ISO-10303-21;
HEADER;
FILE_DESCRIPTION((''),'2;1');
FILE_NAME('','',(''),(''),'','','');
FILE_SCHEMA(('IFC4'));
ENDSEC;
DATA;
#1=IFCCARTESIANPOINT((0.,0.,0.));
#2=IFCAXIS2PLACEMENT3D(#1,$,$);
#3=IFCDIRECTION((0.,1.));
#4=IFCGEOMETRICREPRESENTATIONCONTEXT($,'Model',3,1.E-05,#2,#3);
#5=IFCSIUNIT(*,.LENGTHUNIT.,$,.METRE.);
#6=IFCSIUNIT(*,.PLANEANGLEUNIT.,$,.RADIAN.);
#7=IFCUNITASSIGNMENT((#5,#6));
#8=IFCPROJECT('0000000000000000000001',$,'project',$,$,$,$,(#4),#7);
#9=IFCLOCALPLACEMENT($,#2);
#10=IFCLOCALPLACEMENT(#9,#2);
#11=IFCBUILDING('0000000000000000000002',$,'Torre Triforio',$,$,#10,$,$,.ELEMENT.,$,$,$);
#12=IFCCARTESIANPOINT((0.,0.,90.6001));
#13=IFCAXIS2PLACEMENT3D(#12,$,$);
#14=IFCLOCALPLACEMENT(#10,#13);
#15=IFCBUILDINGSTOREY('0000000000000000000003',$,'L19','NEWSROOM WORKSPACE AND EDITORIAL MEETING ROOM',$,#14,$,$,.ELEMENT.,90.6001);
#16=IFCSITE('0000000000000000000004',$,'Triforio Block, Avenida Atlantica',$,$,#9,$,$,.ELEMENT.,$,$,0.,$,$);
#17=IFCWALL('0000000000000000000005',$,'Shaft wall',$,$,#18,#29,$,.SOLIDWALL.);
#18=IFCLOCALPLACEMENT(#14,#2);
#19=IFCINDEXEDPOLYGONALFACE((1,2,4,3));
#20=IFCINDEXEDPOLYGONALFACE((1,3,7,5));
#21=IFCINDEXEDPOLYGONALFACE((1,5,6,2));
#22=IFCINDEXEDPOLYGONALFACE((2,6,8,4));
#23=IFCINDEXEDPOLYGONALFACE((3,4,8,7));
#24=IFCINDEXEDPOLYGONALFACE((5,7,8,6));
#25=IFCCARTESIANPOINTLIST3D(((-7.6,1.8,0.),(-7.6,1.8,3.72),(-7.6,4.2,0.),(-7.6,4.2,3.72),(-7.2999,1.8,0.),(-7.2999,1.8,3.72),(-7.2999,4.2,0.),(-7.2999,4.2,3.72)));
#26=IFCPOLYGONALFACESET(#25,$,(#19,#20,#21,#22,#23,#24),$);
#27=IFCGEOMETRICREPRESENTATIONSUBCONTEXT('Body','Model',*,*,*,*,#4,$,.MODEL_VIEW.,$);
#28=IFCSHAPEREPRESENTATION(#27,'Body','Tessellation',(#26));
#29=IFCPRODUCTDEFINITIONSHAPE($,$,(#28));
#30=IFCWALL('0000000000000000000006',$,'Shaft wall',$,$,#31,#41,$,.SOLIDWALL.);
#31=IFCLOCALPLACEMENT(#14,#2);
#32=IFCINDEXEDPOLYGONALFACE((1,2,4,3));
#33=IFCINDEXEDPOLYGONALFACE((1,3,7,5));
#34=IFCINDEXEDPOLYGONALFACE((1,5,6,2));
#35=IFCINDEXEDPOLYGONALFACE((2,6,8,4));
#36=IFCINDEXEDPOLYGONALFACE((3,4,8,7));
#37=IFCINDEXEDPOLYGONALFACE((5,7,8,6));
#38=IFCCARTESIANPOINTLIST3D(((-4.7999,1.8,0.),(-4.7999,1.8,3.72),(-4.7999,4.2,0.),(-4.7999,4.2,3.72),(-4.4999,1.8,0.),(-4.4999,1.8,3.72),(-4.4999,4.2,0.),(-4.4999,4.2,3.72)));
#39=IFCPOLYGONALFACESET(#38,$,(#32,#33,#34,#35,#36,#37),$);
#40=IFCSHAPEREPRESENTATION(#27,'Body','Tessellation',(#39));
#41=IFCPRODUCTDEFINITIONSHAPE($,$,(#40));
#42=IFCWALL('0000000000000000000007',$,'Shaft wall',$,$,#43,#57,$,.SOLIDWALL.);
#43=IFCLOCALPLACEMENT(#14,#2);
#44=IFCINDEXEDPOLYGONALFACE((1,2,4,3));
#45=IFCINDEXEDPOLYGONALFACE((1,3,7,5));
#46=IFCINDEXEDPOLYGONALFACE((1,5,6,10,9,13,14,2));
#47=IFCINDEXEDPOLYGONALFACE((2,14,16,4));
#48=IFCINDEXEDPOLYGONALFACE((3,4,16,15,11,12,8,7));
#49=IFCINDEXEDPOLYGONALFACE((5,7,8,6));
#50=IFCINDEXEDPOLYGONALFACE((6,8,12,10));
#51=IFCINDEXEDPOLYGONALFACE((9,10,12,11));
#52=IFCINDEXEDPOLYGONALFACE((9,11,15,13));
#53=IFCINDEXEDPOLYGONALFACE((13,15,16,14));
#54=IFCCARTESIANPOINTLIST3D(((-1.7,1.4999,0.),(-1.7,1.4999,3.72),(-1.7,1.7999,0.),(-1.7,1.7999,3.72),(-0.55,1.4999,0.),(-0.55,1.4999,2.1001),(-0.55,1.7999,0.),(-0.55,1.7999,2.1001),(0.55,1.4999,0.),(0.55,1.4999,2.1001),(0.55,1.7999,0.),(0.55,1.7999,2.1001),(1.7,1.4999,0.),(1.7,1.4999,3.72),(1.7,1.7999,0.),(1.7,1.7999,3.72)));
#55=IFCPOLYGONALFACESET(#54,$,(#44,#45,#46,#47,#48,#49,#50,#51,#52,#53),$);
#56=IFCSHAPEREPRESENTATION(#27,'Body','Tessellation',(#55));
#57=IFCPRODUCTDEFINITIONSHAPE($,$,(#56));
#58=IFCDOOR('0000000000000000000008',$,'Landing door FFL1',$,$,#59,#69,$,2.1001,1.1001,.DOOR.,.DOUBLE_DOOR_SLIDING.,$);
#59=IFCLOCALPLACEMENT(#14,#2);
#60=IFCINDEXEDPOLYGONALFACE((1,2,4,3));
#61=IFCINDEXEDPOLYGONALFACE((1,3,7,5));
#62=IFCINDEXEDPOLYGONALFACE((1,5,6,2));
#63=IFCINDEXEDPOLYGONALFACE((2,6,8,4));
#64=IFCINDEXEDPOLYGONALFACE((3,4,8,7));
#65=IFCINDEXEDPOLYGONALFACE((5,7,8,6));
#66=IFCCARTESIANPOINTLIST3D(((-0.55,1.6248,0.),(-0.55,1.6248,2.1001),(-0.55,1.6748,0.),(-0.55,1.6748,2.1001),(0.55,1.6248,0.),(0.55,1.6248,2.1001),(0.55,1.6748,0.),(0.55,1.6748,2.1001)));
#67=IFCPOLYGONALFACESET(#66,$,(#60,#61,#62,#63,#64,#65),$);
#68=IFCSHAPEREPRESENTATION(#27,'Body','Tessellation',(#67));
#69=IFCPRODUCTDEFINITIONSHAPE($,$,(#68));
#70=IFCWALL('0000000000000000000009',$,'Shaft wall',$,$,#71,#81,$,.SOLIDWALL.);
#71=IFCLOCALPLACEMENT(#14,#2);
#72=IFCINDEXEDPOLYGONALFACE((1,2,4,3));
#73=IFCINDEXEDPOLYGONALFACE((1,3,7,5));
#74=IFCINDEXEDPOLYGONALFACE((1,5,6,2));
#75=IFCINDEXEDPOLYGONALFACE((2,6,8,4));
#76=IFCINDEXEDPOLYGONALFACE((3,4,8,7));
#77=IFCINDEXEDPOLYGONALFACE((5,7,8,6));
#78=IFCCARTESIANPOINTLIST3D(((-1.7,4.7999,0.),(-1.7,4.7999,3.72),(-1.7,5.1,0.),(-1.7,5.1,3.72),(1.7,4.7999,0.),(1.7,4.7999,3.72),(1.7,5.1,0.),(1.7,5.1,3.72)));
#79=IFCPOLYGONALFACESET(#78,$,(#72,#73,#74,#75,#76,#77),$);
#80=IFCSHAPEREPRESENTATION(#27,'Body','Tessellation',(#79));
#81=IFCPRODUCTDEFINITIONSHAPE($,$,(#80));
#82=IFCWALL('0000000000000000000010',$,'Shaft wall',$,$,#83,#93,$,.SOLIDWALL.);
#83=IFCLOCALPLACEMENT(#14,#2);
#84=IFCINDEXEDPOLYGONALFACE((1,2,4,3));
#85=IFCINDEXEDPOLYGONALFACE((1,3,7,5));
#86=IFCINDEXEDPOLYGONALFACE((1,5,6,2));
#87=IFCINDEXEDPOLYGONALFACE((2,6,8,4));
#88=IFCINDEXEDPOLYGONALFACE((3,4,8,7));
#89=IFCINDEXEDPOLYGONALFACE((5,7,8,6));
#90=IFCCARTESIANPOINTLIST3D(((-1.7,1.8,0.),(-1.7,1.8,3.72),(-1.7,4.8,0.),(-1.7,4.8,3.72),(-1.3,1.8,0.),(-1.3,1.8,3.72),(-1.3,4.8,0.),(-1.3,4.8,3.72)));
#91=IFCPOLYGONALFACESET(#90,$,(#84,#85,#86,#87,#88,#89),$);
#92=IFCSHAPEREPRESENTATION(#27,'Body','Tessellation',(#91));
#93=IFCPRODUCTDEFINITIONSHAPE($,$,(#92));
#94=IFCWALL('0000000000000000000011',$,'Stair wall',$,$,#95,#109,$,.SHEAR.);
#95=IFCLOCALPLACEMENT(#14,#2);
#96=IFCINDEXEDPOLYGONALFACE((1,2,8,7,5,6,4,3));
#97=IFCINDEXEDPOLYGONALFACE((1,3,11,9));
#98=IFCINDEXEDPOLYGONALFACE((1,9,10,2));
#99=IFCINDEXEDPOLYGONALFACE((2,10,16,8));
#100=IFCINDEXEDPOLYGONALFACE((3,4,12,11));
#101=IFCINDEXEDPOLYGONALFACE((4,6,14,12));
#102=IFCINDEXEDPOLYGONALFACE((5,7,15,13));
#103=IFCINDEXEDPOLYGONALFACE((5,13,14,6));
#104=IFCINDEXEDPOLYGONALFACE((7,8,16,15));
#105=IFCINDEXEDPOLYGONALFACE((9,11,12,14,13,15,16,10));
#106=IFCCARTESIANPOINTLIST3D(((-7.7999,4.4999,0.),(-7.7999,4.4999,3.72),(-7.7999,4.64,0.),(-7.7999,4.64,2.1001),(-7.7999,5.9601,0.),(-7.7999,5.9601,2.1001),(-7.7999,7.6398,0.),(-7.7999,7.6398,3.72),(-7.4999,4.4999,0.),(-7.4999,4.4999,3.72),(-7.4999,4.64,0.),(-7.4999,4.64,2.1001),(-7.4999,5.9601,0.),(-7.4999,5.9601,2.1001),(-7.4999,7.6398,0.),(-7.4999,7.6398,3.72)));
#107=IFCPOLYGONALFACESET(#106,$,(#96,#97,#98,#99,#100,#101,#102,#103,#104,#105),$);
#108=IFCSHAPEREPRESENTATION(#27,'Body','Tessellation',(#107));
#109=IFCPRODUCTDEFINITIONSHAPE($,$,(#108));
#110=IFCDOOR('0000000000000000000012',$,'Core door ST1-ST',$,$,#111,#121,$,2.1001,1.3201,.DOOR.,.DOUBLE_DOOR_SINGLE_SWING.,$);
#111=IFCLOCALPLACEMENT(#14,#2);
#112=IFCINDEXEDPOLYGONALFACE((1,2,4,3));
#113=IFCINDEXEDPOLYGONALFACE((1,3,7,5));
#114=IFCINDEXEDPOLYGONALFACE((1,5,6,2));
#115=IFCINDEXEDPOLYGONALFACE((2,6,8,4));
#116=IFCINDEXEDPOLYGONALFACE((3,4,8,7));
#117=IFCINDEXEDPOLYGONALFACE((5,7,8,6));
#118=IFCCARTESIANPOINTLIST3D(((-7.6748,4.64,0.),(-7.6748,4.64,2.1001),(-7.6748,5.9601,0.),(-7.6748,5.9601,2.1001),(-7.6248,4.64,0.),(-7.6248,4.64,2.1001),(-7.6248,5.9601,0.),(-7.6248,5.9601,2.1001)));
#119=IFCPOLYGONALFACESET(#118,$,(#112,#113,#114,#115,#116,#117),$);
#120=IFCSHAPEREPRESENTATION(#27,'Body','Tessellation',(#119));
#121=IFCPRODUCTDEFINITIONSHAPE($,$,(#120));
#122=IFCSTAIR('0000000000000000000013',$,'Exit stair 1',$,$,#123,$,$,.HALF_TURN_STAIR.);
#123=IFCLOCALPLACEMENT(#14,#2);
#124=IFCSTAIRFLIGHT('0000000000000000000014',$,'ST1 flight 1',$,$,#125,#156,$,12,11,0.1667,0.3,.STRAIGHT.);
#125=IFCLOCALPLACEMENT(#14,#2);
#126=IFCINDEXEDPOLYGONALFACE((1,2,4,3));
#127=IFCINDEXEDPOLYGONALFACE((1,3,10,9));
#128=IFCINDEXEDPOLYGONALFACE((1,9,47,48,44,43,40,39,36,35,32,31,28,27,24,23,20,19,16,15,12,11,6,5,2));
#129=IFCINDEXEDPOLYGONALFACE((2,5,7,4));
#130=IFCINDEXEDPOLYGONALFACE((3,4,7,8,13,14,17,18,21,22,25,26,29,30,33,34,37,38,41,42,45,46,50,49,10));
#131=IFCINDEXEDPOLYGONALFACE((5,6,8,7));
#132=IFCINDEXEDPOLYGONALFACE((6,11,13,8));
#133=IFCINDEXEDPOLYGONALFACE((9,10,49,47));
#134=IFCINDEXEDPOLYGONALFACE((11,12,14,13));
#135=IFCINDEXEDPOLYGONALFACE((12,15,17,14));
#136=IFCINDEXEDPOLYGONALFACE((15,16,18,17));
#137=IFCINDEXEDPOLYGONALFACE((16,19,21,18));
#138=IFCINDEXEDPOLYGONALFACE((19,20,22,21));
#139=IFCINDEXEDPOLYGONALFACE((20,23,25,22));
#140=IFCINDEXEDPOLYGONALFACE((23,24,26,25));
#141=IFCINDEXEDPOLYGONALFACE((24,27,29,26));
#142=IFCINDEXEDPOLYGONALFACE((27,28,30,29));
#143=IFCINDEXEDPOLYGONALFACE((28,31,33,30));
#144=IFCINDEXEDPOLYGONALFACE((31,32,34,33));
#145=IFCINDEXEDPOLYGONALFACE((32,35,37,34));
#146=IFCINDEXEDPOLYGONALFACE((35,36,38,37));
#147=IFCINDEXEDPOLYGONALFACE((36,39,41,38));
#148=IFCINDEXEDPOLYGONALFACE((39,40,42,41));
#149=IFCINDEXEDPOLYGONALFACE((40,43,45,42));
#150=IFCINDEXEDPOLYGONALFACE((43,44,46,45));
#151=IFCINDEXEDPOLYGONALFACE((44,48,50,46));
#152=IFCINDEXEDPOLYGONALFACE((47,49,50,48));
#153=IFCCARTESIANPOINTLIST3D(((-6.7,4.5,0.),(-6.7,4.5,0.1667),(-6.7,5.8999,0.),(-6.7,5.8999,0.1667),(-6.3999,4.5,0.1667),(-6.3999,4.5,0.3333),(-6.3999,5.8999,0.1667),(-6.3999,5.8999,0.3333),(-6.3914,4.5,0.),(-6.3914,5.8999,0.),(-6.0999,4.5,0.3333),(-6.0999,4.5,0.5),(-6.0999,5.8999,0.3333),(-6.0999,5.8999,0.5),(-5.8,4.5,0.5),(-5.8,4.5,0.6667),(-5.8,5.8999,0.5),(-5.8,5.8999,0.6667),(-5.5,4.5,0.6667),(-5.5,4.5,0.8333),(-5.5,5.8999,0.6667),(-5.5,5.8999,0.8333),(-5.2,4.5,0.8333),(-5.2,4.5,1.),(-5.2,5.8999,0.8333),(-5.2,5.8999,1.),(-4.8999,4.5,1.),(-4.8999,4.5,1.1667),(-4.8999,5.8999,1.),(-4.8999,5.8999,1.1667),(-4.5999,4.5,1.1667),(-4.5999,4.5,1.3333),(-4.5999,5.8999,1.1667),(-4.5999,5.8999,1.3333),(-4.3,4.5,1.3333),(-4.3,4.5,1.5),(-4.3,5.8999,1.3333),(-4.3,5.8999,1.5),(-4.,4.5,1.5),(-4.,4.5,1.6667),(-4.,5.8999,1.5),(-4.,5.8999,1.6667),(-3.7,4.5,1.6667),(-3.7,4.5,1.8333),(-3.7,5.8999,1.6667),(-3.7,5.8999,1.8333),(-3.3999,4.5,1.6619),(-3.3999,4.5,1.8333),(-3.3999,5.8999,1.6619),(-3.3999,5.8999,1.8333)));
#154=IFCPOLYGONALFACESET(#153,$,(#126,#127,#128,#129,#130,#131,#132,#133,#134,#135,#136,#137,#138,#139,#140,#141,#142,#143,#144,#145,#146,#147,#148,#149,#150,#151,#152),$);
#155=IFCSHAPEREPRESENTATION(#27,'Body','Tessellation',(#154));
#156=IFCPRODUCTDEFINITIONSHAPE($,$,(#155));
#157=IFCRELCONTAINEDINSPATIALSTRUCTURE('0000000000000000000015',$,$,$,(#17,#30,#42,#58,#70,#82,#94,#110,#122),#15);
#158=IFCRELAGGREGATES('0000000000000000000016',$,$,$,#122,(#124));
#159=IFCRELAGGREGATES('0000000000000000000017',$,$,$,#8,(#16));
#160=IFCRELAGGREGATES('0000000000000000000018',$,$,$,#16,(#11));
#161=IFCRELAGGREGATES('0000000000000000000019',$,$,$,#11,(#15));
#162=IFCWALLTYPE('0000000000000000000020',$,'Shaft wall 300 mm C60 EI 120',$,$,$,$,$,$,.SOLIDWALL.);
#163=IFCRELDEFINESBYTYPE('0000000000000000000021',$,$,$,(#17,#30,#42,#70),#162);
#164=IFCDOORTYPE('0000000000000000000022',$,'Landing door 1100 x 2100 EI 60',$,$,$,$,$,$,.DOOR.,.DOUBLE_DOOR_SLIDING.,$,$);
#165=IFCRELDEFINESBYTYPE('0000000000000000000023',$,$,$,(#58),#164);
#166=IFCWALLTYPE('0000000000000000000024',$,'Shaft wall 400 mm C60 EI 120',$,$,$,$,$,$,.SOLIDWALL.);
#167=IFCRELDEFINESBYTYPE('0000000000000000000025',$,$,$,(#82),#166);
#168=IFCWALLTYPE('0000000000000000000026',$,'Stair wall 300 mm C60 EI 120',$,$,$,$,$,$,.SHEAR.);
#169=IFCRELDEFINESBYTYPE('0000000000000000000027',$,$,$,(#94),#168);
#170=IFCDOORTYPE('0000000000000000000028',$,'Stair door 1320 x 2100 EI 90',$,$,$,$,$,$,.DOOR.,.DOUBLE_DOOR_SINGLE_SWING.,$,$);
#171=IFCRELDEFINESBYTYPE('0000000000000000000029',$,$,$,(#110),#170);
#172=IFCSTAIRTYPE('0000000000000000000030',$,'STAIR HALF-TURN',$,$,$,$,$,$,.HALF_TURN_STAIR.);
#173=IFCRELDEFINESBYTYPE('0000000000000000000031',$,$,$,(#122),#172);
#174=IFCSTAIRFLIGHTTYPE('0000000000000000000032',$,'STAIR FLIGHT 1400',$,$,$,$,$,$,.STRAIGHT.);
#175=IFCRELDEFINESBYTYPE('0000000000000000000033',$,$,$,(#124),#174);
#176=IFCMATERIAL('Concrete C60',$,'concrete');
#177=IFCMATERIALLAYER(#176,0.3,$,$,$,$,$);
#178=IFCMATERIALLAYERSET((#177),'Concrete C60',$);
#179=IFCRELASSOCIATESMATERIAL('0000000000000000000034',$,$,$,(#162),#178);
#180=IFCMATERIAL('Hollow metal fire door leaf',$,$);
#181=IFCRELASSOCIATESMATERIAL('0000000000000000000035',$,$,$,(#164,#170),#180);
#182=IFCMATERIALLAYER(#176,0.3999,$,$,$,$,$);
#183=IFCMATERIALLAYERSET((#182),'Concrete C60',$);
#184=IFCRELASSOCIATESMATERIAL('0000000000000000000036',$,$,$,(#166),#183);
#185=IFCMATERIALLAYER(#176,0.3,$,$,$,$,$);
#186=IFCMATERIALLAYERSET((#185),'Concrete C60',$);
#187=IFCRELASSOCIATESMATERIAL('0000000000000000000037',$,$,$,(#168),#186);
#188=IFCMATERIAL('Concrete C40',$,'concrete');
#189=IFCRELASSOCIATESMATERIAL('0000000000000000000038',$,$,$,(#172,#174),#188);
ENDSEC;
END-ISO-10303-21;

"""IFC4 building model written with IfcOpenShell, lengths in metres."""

from ifc_helpers import new_model, si_unit, direction, frame, frame_2d, origin, place, context, subcontext, project, spatial, polyline, rectangle, outline, extrude, material, layer, layer_set, type_object, element, fill, aggregate, save


model = new_model("IFC4")

# Units and contexts
model_context = context("Model", 3, precision=1e-05, world=origin(), true_north=direction((0.0, 1.0)))
body_context = subcontext(model_context, "Body", "Model", "MODEL_VIEW")
ifc_project = project(units=[si_unit("LENGTHUNIT", "METRE"), si_unit("PLANEANGLEUNIT", "RADIAN")], contexts=[model_context])

# Site, building, storey
site_placement = place(None, origin())
site = spatial("IfcSite", under=ifc_project, at=site_placement, Name="Triforio Block, Avenida Atlantica", CompositionType="ELEMENT", RefElevation=0.0)
building_placement = place(site_placement, origin())
building = spatial("IfcBuilding", under=site, at=building_placement, Name="Torre Triforio", CompositionType="ELEMENT")
storey_placement = place(building_placement, frame((0.0, 0.0, 90.6001)))
storey = spatial("IfcBuildingStorey", under=building, at=storey_placement, Name="L19", Description="NEWSROOM WORKSPACE AND EDITORIAL MEETING ROOM", CompositionType="ELEMENT", Elevation=90.6001)

# Walls
ifc_material_1 = material(Name="Concrete C60", Category="concrete")
ifc_layer_1 = layer(ifc_material_1, 0.3)
ifc_layer_set_1 = layer_set([ifc_layer_1], Name="Concrete C60")
wall_type_1 = type_object("IfcWallType", Name="Shaft wall 300 mm C60 EI 120", PredefinedType="SOLIDWALL", material=ifc_layer_set_1)
for number, where, z_axis, x_axis, name in (
    (1, (-7.45, 1.8, 0.0), (0.0, 0.0, 1.0), (0.0, 1.0, 0.0), "Shaft wall"),
    (2, (-4.6499, 1.8, 0.0), (0.0, 0.0, 1.0), (0.0, 1.0, 0.0), "Shaft wall"),
):
    element("IfcWall", number, at=place(storey_placement, frame(where, z_axis=z_axis, x_axis=x_axis)), inside=storey, type_object=wall_type_1, Name=name, PredefinedType="SOLIDWALL", context=body_context, shape_type="SweptSolid", body=[
        extrude(rectangle(XDim=2.3999, YDim=0.3, at=frame_2d((1.2, 0.0))), origin(), (0.0, 0.0, 1.0), 3.72),
    ])

# Wall, opening, door
wall_1_placement = place(storey_placement, frame((-1.7, 1.6499, 0.0), z_axis=(0.0, 0.0, 1.0), x_axis=(1.0, 0.0, 0.0)))
wall_1 = element("IfcWall", 3, at=wall_1_placement, inside=storey, type_object=wall_type_1, Name="Shaft wall", PredefinedType="SOLIDWALL", context=body_context, shape_type="SweptSolid", body=[
    extrude(rectangle(XDim=3.3999, YDim=0.3, at=frame_2d((1.7, 0.0))), origin(), (0.0, 0.0, 1.0), 3.72),
])
opening_1_placement = place(wall_1_placement, frame((1.1499, 0.0, 0.0)))
opening_1 = element("IfcOpeningElement", 4, at=opening_1_placement, cuts=wall_1, PredefinedType="OPENING", context=body_context, shape_type="SweptSolid", body=[
    extrude(rectangle(XDim=1.1001, YDim=2.1001, at=frame_2d((0.55, 1.05))), frame((0.0, 0.1599, 0.0), z_axis=(0.0, -1.0, 0.0), x_axis=(1.0, 0.0, 0.0)), (0.0, 0.0, 1.0), 0.3201),
])
ifc_material_2 = material(Name="Hollow metal fire door leaf")
door_type_1 = type_object("IfcDoorType", Name="Landing door 1100 x 2100 EI 60", OperationType="DOUBLE_DOOR_SLIDING", PredefinedType="DOOR", material=ifc_material_2)
door_1_placement = place(opening_1_placement, origin())
door_1 = element("IfcDoor", 5, at=door_1_placement, inside=storey, type_object=door_type_1, Name="Landing door FFL1", OperationType="DOUBLE_DOOR_SLIDING", OverallHeight=2.1001, OverallWidth=1.1001, PredefinedType="DOOR", context=body_context, shape_type="SweptSolid", body=[
    extrude(rectangle(XDim=1.1001, YDim=2.1001, at=frame_2d((0.55, 1.05))), frame((0.0, 0.0249, 0.0), z_axis=(0.0, -1.0, 0.0), x_axis=(1.0, 0.0, 0.0)), (0.0, 0.0, 1.0), 0.05),
])
fill(opening_1, door_1)

# Walls
wall_2_placement = place(storey_placement, frame((-1.7, 4.95, 0.0), z_axis=(0.0, 0.0, 1.0), x_axis=(1.0, 0.0, 0.0)))
element("IfcWall", 6, at=wall_2_placement, inside=storey, type_object=wall_type_1, Name="Shaft wall", PredefinedType="SOLIDWALL", context=body_context, shape_type="SweptSolid", body=[
    extrude(rectangle(XDim=3.3999, YDim=0.3, at=frame_2d((1.7, 0.0))), origin(), (0.0, 0.0, 1.0), 3.72),
])
ifc_layer_2 = layer(ifc_material_1, 0.3999)
ifc_layer_set_2 = layer_set([ifc_layer_2], Name="Concrete C60")
wall_type_2 = type_object("IfcWallType", Name="Shaft wall 400 mm C60 EI 120", PredefinedType="SOLIDWALL", material=ifc_layer_set_2)
wall_3_placement = place(storey_placement, frame((-1.5, 1.8, 0.0), z_axis=(0.0, 0.0, 1.0), x_axis=(0.0, 1.0, 0.0)))
element("IfcWall", 7, at=wall_3_placement, inside=storey, type_object=wall_type_2, Name="Shaft wall", PredefinedType="SOLIDWALL", context=body_context, shape_type="SweptSolid", body=[
    extrude(rectangle(XDim=3.0, YDim=0.3999, at=frame_2d((1.5, 0.0))), origin(), (0.0, 0.0, 1.0), 3.72),
])

# Wall, opening, door
ifc_layer_3 = layer(ifc_material_1, 0.3)
ifc_layer_set_3 = layer_set([ifc_layer_3], Name="Concrete C60")
wall_type_3 = type_object("IfcWallType", Name="Stair wall 300 mm C60 EI 120", PredefinedType="SHEAR", material=ifc_layer_set_3)
wall_4_placement = place(storey_placement, frame((-7.6499, 4.5, 0.0), z_axis=(0.0, 0.0, 1.0), x_axis=(0.0, 1.0, 0.0)))
wall_4 = element("IfcWall", 8, at=wall_4_placement, inside=storey, type_object=wall_type_3, Name="Stair wall", PredefinedType="SHEAR", context=body_context, shape_type="SweptSolid", body=[
    extrude(rectangle(XDim=3.1399, YDim=0.3, at=frame_2d((1.5698, 0.0))), origin(), (0.0, 0.0, 1.0), 3.72),
])
opening_2_placement = place(wall_4_placement, frame((0.1399, 0.0, 0.0)))
opening_2 = element("IfcOpeningElement", 9, at=opening_2_placement, cuts=wall_4, PredefinedType="OPENING", context=body_context, shape_type="SweptSolid", body=[
    extrude(rectangle(XDim=1.3201, YDim=2.1001, at=frame_2d((0.6602, 1.05))), frame((0.0, 0.1599, 0.0), z_axis=(0.0, -1.0, 0.0), x_axis=(1.0, 0.0, 0.0)), (0.0, 0.0, 1.0), 0.3201),
])
door_type_2 = type_object("IfcDoorType", Name="Stair door 1320 x 2100 EI 90", OperationType="DOUBLE_DOOR_SINGLE_SWING", PredefinedType="DOOR", material=ifc_material_2)
door_2_placement = place(opening_2_placement, origin())
door_2 = element("IfcDoor", 10, at=door_2_placement, inside=storey, type_object=door_type_2, Name="Core door ST1-ST", OperationType="DOUBLE_DOOR_SINGLE_SWING", OverallHeight=2.1001, OverallWidth=1.3201, PredefinedType="DOOR", context=body_context, shape_type="SweptSolid", body=[
    extrude(rectangle(XDim=1.3201, YDim=2.1001, at=frame_2d((0.6602, 1.05))), frame((0.0, 0.0249, 0.0), z_axis=(0.0, -1.0, 0.0), x_axis=(1.0, 0.0, 0.0)), (0.0, 0.0, 1.0), 0.05),
])
fill(opening_2, door_2)

# Stair, stair flight
ifc_material_3 = material(Name="Concrete C40", Category="concrete")
stair_type = type_object("IfcStairType", Name="STAIR HALF-TURN", PredefinedType="HALF_TURN_STAIR", material=ifc_material_3)
stair_placement = place(storey_placement, origin())
stair = element("IfcStair", 11, at=stair_placement, inside=storey, type_object=stair_type, Name="Exit stair 1", PredefinedType="HALF_TURN_STAIR")
stair_flight_type = type_object("IfcStairFlightType", Name="STAIR FLIGHT 1400", PredefinedType="STRAIGHT", material=ifc_material_3)
stair_flight_1_placement = place(storey_placement, frame((-6.7, 5.2, 0.0), z_axis=(0.0, 0.0, 1.0), x_axis=(1.0, 0.0, 0.0)))
stair_flight_1 = element("IfcStairFlight", 12, at=stair_flight_1_placement, type_object=stair_flight_type, Name="ST1 flight 1", NumberOfRisers=12, NumberOfTreads=11, PredefinedType="STRAIGHT", RiserHeight=0.1667, TreadLength=0.3, context=body_context, shape_type="SweptSolid", body=[
    extrude(outline(polyline([(0.0, 0.0), (0.0, 0.1667), (0.3, 0.1667), (0.3, 0.3333), (0.6001, 0.3333), (0.6001, 0.5), (0.8999, 0.5), (0.8999, 0.6667), (1.2, 0.6667), (1.2, 0.8333), (1.5, 0.8333), (1.5, 1.0), (1.8, 1.0), (1.8, 1.1667), (2.1001, 1.1667), (2.1001, 1.3333), (2.3999, 1.3333), (2.3999, 1.5), (2.7, 1.5), (2.7, 1.6667), (3.0, 1.6667), (3.0, 1.8333), (3.3, 1.8333), (3.3, 2.0), (3.3, 1.6619), (0.3086, 0.0), (0.0, 0.0)])), frame((0.0, 0.7, 0.0), z_axis=(0.0, -1.0, 0.0), x_axis=(1.0, 0.0, 0.0)), (0.0, 0.0, 1.0), 1.3999),
])
aggregate(stair, [stair_flight_1])

save(model, "model.ifc")
